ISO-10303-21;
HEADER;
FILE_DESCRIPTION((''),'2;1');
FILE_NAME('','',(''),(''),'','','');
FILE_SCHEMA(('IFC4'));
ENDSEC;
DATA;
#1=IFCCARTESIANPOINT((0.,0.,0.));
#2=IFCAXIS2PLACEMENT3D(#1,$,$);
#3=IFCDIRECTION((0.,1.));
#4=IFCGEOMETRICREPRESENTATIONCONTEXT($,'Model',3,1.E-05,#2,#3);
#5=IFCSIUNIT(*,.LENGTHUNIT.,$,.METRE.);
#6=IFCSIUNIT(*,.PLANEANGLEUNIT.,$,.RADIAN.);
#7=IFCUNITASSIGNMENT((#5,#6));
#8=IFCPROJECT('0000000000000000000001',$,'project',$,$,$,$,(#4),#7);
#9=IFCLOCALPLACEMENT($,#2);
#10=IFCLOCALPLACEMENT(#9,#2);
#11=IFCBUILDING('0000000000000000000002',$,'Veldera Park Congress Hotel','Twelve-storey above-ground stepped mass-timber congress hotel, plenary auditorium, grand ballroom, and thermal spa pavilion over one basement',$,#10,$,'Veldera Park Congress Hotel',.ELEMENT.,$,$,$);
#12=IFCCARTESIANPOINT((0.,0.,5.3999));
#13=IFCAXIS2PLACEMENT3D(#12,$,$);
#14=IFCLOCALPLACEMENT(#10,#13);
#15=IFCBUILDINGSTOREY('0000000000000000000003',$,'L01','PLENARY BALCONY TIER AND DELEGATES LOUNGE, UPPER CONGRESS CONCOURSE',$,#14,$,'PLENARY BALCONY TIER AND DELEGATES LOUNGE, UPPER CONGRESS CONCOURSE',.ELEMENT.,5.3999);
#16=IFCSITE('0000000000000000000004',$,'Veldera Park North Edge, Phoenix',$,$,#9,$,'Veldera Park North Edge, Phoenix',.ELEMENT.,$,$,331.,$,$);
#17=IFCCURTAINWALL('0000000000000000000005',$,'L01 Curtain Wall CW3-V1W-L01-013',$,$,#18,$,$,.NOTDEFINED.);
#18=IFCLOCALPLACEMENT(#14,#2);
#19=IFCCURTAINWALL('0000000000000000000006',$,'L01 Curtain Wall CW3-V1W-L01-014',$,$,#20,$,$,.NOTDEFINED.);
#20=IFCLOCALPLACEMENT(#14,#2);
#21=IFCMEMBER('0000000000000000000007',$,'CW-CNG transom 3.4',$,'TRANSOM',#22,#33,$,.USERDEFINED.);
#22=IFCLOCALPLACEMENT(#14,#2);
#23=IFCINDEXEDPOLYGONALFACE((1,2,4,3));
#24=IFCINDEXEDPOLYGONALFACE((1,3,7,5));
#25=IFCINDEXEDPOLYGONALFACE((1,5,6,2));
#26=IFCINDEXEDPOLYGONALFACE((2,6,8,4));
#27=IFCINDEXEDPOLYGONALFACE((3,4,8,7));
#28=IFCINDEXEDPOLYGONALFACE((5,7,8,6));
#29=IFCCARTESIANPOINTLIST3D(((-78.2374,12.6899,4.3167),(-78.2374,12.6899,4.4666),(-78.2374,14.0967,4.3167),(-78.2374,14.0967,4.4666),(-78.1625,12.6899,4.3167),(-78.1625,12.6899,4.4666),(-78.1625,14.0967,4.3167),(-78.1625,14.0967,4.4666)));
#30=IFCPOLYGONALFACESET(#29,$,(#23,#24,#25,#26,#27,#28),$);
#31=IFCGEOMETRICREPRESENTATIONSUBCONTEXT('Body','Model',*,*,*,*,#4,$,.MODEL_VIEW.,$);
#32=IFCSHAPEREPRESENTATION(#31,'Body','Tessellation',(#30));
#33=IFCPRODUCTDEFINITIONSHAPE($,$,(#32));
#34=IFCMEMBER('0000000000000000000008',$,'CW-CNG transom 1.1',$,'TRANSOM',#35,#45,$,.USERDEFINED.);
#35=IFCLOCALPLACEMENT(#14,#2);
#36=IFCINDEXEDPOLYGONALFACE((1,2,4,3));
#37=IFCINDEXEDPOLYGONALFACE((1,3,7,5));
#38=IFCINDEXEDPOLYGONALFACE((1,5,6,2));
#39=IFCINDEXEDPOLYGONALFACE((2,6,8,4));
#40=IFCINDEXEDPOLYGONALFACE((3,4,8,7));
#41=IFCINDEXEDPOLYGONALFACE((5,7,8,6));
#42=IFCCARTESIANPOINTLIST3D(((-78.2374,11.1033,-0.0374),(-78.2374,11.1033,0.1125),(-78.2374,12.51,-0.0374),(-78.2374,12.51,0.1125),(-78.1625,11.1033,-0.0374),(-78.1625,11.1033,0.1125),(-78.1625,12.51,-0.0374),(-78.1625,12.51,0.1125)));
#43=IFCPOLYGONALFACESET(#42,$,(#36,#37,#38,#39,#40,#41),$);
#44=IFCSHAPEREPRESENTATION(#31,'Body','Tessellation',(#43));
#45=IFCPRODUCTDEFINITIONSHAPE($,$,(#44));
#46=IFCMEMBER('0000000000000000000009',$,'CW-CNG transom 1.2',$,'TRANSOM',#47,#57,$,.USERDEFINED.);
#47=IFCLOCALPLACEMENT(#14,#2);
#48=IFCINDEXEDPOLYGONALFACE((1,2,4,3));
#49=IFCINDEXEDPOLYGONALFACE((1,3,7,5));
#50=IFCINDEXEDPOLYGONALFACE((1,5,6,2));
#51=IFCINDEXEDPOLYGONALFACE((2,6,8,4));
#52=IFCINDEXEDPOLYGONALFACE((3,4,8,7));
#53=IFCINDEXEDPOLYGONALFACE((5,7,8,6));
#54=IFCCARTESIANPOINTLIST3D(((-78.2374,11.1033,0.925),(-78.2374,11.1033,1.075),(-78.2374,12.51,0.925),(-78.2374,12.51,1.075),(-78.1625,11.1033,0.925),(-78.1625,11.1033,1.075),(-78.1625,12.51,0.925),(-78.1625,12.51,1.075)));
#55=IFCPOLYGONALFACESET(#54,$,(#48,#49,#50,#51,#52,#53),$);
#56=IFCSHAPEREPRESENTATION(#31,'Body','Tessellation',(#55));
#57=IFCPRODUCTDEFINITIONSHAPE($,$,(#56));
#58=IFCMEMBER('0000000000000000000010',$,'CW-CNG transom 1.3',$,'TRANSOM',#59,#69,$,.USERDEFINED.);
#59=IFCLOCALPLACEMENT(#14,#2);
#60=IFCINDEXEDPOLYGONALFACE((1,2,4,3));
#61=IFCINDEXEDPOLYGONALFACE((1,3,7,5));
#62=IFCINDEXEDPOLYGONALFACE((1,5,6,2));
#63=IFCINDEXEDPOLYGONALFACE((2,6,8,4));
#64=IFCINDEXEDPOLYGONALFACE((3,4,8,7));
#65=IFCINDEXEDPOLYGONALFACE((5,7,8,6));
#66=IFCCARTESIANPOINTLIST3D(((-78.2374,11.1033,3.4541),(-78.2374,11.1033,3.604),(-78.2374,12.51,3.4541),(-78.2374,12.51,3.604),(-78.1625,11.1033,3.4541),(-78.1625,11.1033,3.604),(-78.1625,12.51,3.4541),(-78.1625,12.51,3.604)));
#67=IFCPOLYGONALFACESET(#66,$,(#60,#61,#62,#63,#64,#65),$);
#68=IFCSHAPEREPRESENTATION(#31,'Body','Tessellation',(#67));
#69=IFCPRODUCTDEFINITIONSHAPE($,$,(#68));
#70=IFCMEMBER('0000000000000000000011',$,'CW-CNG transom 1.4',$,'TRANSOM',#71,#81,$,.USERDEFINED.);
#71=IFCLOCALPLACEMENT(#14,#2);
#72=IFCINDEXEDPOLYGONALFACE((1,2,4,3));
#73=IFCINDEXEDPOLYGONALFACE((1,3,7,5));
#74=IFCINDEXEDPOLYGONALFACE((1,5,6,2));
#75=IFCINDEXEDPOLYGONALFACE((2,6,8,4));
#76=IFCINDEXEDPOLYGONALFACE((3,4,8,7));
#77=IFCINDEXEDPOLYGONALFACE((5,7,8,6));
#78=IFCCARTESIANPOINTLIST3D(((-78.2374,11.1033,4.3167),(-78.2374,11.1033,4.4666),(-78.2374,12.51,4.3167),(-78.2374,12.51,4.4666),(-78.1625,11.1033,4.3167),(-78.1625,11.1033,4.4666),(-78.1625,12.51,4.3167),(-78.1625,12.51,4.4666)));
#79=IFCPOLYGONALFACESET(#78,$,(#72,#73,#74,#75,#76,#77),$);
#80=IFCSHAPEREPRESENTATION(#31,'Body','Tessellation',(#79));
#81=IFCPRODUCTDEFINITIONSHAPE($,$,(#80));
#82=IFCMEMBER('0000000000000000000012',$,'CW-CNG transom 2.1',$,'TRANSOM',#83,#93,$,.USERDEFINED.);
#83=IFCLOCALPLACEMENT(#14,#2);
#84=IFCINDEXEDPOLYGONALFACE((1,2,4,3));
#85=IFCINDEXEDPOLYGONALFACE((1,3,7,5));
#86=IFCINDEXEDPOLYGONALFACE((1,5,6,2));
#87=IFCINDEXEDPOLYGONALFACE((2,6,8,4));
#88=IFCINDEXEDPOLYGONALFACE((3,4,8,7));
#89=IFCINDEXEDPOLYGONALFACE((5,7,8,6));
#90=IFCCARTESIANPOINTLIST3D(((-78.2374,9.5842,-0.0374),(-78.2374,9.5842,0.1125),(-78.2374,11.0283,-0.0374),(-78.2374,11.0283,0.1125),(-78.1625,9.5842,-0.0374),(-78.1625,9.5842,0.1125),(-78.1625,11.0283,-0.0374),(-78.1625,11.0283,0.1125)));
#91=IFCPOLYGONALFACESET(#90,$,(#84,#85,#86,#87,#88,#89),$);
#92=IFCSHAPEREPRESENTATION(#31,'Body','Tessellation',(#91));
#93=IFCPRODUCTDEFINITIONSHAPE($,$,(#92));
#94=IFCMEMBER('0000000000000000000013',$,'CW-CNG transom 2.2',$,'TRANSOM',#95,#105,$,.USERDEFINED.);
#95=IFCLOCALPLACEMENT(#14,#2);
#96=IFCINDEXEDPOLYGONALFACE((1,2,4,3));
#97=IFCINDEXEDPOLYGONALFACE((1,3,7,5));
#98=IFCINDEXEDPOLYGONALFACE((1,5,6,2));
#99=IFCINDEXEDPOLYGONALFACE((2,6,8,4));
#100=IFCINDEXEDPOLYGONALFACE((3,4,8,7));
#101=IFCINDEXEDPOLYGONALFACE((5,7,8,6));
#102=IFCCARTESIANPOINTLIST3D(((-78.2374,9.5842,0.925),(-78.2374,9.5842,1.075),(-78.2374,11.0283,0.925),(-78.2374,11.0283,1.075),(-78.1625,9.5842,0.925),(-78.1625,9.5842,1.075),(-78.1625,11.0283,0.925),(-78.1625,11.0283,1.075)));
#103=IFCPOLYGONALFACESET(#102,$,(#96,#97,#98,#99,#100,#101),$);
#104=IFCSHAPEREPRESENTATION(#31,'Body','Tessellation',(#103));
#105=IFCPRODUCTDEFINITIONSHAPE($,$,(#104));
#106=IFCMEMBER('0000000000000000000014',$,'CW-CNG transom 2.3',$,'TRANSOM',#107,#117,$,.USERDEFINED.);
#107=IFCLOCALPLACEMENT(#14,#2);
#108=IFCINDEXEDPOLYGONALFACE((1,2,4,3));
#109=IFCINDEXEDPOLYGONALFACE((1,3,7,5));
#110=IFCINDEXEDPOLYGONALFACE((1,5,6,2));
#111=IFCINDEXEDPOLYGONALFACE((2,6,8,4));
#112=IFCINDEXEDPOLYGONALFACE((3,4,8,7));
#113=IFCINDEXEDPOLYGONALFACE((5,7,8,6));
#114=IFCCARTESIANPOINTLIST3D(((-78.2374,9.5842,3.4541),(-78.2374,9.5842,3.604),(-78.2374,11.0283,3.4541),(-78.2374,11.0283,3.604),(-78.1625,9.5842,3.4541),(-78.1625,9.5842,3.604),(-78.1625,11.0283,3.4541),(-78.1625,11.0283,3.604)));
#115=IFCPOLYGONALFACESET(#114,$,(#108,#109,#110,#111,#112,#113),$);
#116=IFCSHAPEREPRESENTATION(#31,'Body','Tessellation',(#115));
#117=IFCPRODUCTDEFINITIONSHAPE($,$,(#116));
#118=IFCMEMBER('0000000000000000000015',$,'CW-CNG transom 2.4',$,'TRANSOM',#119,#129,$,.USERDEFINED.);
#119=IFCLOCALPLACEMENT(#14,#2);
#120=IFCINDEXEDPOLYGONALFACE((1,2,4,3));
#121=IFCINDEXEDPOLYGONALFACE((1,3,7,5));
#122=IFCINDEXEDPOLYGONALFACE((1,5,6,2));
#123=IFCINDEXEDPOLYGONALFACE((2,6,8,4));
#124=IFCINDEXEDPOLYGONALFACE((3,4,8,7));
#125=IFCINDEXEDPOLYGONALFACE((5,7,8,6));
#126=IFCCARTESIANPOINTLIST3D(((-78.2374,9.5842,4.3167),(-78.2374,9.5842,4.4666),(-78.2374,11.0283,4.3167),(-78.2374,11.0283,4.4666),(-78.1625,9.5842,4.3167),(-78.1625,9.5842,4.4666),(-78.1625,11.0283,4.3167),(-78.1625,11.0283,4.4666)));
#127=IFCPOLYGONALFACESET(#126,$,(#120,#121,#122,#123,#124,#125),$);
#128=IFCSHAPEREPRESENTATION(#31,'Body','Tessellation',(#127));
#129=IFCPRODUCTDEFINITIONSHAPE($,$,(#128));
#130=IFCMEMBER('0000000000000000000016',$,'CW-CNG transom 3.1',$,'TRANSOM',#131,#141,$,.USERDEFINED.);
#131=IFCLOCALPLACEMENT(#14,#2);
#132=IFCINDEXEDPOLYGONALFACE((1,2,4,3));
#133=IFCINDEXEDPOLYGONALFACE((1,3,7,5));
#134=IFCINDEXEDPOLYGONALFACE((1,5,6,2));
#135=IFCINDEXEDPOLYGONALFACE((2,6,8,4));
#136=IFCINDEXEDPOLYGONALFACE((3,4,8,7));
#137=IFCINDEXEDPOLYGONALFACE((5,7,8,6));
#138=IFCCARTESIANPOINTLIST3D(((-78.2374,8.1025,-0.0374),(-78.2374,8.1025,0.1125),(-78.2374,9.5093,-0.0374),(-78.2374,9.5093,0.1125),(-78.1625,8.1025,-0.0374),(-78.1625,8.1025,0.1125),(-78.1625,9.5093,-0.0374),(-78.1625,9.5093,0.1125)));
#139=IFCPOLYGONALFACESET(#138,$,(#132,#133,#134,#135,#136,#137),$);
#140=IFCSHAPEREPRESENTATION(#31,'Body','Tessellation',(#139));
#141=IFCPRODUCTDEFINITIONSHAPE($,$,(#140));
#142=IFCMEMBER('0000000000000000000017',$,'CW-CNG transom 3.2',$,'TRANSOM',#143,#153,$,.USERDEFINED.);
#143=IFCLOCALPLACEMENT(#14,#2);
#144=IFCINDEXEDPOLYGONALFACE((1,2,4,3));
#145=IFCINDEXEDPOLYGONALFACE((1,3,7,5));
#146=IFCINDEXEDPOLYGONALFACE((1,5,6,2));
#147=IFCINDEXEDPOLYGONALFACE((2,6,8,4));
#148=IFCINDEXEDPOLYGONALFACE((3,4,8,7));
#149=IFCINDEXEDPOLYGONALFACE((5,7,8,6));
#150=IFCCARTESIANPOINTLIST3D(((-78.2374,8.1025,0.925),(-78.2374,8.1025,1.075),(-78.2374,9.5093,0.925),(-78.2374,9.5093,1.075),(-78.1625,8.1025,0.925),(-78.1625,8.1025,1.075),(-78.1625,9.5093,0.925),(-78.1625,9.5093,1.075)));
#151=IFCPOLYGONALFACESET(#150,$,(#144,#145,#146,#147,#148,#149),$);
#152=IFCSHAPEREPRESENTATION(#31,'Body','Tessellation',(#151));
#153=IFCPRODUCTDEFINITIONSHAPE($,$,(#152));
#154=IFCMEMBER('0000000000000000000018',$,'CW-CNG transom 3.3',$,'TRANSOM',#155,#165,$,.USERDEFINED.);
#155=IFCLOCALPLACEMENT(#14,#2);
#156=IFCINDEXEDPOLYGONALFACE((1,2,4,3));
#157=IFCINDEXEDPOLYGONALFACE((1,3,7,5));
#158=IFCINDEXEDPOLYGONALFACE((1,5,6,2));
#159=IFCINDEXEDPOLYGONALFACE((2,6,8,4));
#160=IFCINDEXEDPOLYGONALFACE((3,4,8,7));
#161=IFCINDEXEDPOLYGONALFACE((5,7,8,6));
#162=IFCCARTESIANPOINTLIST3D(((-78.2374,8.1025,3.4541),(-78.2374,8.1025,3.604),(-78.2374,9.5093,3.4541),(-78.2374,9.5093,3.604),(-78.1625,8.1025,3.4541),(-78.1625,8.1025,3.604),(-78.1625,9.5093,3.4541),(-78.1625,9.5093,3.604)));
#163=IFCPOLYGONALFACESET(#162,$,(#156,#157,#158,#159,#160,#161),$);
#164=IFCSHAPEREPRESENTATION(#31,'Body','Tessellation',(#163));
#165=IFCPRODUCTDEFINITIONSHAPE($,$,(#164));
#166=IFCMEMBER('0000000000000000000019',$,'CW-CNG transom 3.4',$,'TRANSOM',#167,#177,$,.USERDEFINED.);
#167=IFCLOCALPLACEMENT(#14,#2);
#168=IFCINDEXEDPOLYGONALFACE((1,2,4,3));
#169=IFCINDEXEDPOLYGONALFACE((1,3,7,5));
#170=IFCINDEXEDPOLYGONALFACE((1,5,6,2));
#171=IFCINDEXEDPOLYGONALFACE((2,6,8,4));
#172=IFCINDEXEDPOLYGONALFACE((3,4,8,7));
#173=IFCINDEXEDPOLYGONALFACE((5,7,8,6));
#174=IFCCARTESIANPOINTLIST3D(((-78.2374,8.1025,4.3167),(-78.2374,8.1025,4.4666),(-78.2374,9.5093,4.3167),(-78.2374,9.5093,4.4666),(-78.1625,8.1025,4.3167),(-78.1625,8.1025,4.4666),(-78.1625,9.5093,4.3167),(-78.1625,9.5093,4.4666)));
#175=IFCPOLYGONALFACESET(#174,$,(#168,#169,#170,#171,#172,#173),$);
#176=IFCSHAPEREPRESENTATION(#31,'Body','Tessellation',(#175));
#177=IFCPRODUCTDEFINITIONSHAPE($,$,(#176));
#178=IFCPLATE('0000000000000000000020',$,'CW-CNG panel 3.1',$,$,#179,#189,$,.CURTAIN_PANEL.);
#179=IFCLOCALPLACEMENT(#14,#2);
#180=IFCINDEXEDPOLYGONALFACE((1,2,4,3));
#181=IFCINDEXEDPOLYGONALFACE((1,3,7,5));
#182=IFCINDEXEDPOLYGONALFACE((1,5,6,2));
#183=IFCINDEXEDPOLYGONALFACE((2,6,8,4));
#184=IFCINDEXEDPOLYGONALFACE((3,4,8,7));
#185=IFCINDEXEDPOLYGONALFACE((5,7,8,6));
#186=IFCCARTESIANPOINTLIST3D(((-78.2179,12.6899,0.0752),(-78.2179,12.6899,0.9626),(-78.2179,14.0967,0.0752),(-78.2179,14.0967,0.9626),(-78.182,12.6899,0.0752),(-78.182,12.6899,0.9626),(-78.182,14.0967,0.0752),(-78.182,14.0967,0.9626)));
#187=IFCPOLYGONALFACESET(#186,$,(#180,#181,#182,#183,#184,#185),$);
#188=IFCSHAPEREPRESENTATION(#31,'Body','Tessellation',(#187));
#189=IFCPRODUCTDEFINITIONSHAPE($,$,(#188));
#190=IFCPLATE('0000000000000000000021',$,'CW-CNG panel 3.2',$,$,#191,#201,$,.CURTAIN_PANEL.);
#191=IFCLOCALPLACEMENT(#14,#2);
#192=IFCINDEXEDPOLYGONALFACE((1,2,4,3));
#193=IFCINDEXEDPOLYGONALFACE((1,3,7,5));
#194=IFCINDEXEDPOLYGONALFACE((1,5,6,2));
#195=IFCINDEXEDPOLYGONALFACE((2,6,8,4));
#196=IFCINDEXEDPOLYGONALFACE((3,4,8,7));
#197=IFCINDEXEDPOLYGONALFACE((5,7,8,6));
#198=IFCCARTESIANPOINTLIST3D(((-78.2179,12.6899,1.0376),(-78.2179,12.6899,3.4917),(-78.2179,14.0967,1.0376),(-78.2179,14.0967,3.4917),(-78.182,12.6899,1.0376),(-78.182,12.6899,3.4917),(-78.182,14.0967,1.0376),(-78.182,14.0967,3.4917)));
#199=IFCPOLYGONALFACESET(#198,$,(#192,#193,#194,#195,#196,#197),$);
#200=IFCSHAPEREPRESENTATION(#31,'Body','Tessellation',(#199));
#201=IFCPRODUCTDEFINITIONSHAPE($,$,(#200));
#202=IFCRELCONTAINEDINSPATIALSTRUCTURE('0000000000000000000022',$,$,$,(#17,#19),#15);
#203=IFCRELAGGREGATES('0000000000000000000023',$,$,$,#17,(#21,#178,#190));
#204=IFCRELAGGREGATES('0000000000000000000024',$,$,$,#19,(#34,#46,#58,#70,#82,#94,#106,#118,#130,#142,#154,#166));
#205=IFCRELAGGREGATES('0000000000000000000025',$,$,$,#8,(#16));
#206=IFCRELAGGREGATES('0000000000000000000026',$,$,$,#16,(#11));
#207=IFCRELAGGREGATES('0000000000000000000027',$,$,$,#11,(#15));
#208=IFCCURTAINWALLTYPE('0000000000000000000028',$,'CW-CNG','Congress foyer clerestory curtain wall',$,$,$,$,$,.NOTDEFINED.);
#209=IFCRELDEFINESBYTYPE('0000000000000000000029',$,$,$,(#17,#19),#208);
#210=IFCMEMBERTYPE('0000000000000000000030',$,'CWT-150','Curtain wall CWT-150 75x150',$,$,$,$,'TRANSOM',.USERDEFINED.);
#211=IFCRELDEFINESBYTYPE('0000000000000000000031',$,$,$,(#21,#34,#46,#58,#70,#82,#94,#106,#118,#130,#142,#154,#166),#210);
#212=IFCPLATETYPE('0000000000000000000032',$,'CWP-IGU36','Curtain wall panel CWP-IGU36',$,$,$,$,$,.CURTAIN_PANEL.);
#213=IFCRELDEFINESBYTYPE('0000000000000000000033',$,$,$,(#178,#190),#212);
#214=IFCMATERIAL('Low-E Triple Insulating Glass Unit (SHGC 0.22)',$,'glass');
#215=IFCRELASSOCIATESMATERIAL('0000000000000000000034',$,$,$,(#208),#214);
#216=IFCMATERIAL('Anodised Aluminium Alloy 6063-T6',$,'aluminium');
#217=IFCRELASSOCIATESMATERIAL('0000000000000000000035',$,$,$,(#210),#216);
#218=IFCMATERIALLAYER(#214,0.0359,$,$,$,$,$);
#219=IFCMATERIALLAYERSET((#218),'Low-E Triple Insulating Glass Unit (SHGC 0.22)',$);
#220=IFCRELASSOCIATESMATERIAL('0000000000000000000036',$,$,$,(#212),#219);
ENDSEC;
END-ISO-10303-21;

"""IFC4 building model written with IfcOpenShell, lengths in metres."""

from ifc_helpers import new_model, si_unit, direction, frame, origin, origin_2d, place, context, subcontext, project, spatial, rectangle, extrude, material, layer, layer_set, material_profile, profile_set, type_object, element, aggregate, save


model = new_model("IFC4")

# Units and contexts
model_context = context("Model", 3, precision=1e-05, world=origin(), true_north=direction((0.0, 1.0)))
body_context = subcontext(model_context, "Body", "Model", "MODEL_VIEW")
ifc_project = project(units=[si_unit("LENGTHUNIT", "METRE"), si_unit("PLANEANGLEUNIT", "RADIAN")], contexts=[model_context])

# Site, building, storey
site_placement = place(None, origin())
site = spatial("IfcSite", under=ifc_project, at=site_placement, Name="Veldera Park North Edge, Phoenix", LongName="Veldera Park North Edge, Phoenix", CompositionType="ELEMENT", RefElevation=331.0)
building_placement = place(site_placement, origin())
building = spatial("IfcBuilding", under=site, at=building_placement, Name="Veldera Park Congress Hotel", Description="Twelve-storey above-ground stepped mass-timber congress hotel, plenary auditorium, grand ballroom, and thermal spa pavilion over one basement", LongName="Veldera Park Congress Hotel", CompositionType="ELEMENT")
storey_placement = place(building_placement, frame((0.0, 0.0, 5.3999)))
storey = spatial("IfcBuildingStorey", under=building, at=storey_placement, Name="L01", Description="PLENARY BALCONY TIER AND DELEGATES LOUNGE, UPPER CONGRESS CONCOURSE", LongName="PLENARY BALCONY TIER AND DELEGATES LOUNGE, UPPER CONGRESS CONCOURSE", CompositionType="ELEMENT", Elevation=5.3999)

# Curtain walls
ifc_material_1 = material(Name="Low-E Triple Insulating Glass Unit (SHGC 0.22)", Category="glass")
curtain_wall_type = type_object("IfcCurtainWallType", Name="CW-CNG", Description="Congress foyer clerestory curtain wall", PredefinedType="NOTDEFINED", material=ifc_material_1)
curtain_wall_1_placement = place(storey_placement, origin())
curtain_wall_1 = element("IfcCurtainWall", 1, at=curtain_wall_1_placement, inside=storey, type_object=curtain_wall_type, Name="L01 Curtain Wall CW3-V1W-L01-013", PredefinedType="NOTDEFINED")
ifc_material_2 = material(Name="Anodised Aluminium Alloy 6063-T6", Category="aluminium")
curtain_wall_2_placement = place(storey_placement, origin())
curtain_wall_2 = element("IfcCurtainWall", 2, at=curtain_wall_2_placement, inside=storey, type_object=curtain_wall_type, Name="L01 Curtain Wall CW3-V1W-L01-014", PredefinedType="NOTDEFINED")

# Members
ifc_material_profile_1 = material_profile(ifc_material_2, rectangle(XDim=0.075, YDim=0.1499, at=origin_2d()), Name="ALU 75x150")
ifc_profile_set_1 = profile_set([ifc_material_profile_1], Name="Anodised Aluminium Alloy 6063-T6")
member_type_1 = type_object("IfcMemberType", Name="CWT-150", Description="Curtain wall CWT-150 75x150", ElementType="TRANSOM", PredefinedType="USERDEFINED", material=ifc_profile_set_1)
member_1_placement = place(storey_placement, frame((-78.2, 14.0967, 4.3916), z_axis=(0.0, -1.0, 0.0), x_axis=(1.0, 0.0, 0.0)))
member_1 = element("IfcMember", 3, at=member_1_placement, type_object=member_type_1, Name="CW-CNG transom 3.4", ObjectType="TRANSOM", PredefinedType="USERDEFINED", context=body_context, shape_type="SweptSolid", body=[
    extrude(rectangle(XDim=0.075, YDim=0.1499, at=origin_2d()), origin(), (0.0, 0.0, 1.0), 1.4067),
])
member_2_placement = place(storey_placement, frame((-78.2, 12.51, 0.0376), z_axis=(0.0, -1.0, 0.0), x_axis=(1.0, 0.0, 0.0)))
member_2 = element("IfcMember", 4, at=member_2_placement, type_object=member_type_1, Name="CW-CNG transom 1.1", ObjectType="TRANSOM", PredefinedType="USERDEFINED", context=body_context, shape_type="SweptSolid", body=[
    extrude(rectangle(XDim=0.075, YDim=0.1499, at=origin_2d()), origin(), (0.0, 0.0, 1.0), 1.4067),
])
member_3_placement = place(storey_placement, frame((-78.2, 12.51, 1.0), z_axis=(0.0, -1.0, 0.0), x_axis=(1.0, 0.0, 0.0)))
member_3 = element("IfcMember", 5, at=member_3_placement, type_object=member_type_1, Name="CW-CNG transom 1.2", ObjectType="TRANSOM", PredefinedType="USERDEFINED", context=body_context, shape_type="SweptSolid", body=[
    extrude(rectangle(XDim=0.075, YDim=0.1499, at=origin_2d()), origin(), (0.0, 0.0, 1.0), 1.4067),
])
member_4_placement = place(storey_placement, frame((-78.2, 12.51, 3.5291), z_axis=(0.0, -1.0, 0.0), x_axis=(1.0, 0.0, 0.0)))
member_4 = element("IfcMember", 6, at=member_4_placement, type_object=member_type_1, Name="CW-CNG transom 1.3", ObjectType="TRANSOM", PredefinedType="USERDEFINED", context=body_context, shape_type="SweptSolid", body=[
    extrude(rectangle(XDim=0.075, YDim=0.1499, at=origin_2d()), origin(), (0.0, 0.0, 1.0), 1.4067),
])
member_5_placement = place(storey_placement, frame((-78.2, 12.51, 4.3916), z_axis=(0.0, -1.0, 0.0), x_axis=(1.0, 0.0, 0.0)))
member_5 = element("IfcMember", 7, at=member_5_placement, type_object=member_type_1, Name="CW-CNG transom 1.4", ObjectType="TRANSOM", PredefinedType="USERDEFINED", context=body_context, shape_type="SweptSolid", body=[
    extrude(rectangle(XDim=0.075, YDim=0.1499, at=origin_2d()), origin(), (0.0, 0.0, 1.0), 1.4067),
])
member_6_placement = place(storey_placement, frame((-78.2, 11.0283, 0.0376), z_axis=(0.0, -1.0, 0.0), x_axis=(1.0, 0.0, 0.0)))
member_6 = element("IfcMember", 8, at=member_6_placement, type_object=member_type_1, Name="CW-CNG transom 2.1", ObjectType="TRANSOM", PredefinedType="USERDEFINED", context=body_context, shape_type="SweptSolid", body=[
    extrude(rectangle(XDim=0.075, YDim=0.1499, at=origin_2d()), origin(), (0.0, 0.0, 1.0), 1.4441),
])
member_7_placement = place(storey_placement, frame((-78.2, 11.0283, 1.0), z_axis=(0.0, -1.0, 0.0), x_axis=(1.0, 0.0, 0.0)))
member_7 = element("IfcMember", 9, at=member_7_placement, type_object=member_type_1, Name="CW-CNG transom 2.2", ObjectType="TRANSOM", PredefinedType="USERDEFINED", context=body_context, shape_type="SweptSolid", body=[
    extrude(rectangle(XDim=0.075, YDim=0.1499, at=origin_2d()), origin(), (0.0, 0.0, 1.0), 1.4441),
])
member_8_placement = place(storey_placement, frame((-78.2, 11.0283, 3.5291), z_axis=(0.0, -1.0, 0.0), x_axis=(1.0, 0.0, 0.0)))
member_8 = element("IfcMember", 10, at=member_8_placement, type_object=member_type_1, Name="CW-CNG transom 2.3", ObjectType="TRANSOM", PredefinedType="USERDEFINED", context=body_context, shape_type="SweptSolid", body=[
    extrude(rectangle(XDim=0.075, YDim=0.1499, at=origin_2d()), origin(), (0.0, 0.0, 1.0), 1.4441),
])
member_9_placement = place(storey_placement, frame((-78.2, 11.0283, 4.3916), z_axis=(0.0, -1.0, 0.0), x_axis=(1.0, 0.0, 0.0)))
member_9 = element("IfcMember", 11, at=member_9_placement, type_object=member_type_1, Name="CW-CNG transom 2.4", ObjectType="TRANSOM", PredefinedType="USERDEFINED", context=body_context, shape_type="SweptSolid", body=[
    extrude(rectangle(XDim=0.075, YDim=0.1499, at=origin_2d()), origin(), (0.0, 0.0, 1.0), 1.4441),
])
member_10_placement = place(storey_placement, frame((-78.2, 9.5093, 0.0376), z_axis=(0.0, -1.0, 0.0), x_axis=(1.0, 0.0, 0.0)))
member_10 = element("IfcMember", 12, at=member_10_placement, type_object=member_type_1, Name="CW-CNG transom 3.1", ObjectType="TRANSOM", PredefinedType="USERDEFINED", context=body_context, shape_type="SweptSolid", body=[
    extrude(rectangle(XDim=0.075, YDim=0.1499, at=origin_2d()), origin(), (0.0, 0.0, 1.0), 1.4067),
])
member_11_placement = place(storey_placement, frame((-78.2, 9.5093, 1.0), z_axis=(0.0, -1.0, 0.0), x_axis=(1.0, 0.0, 0.0)))
member_11 = element("IfcMember", 13, at=member_11_placement, type_object=member_type_1, Name="CW-CNG transom 3.2", ObjectType="TRANSOM", PredefinedType="USERDEFINED", context=body_context, shape_type="SweptSolid", body=[
    extrude(rectangle(XDim=0.075, YDim=0.1499, at=origin_2d()), origin(), (0.0, 0.0, 1.0), 1.4067),
])
member_12_placement = place(storey_placement, frame((-78.2, 9.5093, 3.5291), z_axis=(0.0, -1.0, 0.0), x_axis=(1.0, 0.0, 0.0)))
member_12 = element("IfcMember", 14, at=member_12_placement, type_object=member_type_1, Name="CW-CNG transom 3.3", ObjectType="TRANSOM", PredefinedType="USERDEFINED", context=body_context, shape_type="SweptSolid", body=[
    extrude(rectangle(XDim=0.075, YDim=0.1499, at=origin_2d()), origin(), (0.0, 0.0, 1.0), 1.4067),
])
member_13_placement = place(storey_placement, frame((-78.2, 9.5093, 4.3916), z_axis=(0.0, -1.0, 0.0), x_axis=(1.0, 0.0, 0.0)))
member_13 = element("IfcMember", 15, at=member_13_placement, type_object=member_type_1, Name="CW-CNG transom 3.4", ObjectType="TRANSOM", PredefinedType="USERDEFINED", context=body_context, shape_type="SweptSolid", body=[
    extrude(rectangle(XDim=0.075, YDim=0.1499, at=origin_2d()), origin(), (0.0, 0.0, 1.0), 1.4067),
])

# Plates
ifc_layer = layer(ifc_material_1, 0.0359)
ifc_layer_set = layer_set([ifc_layer], Name="Low-E Triple Insulating Glass Unit (SHGC 0.22)")
plate_type = type_object("IfcPlateType", Name="CWP-IGU36", Description="Curtain wall panel CWP-IGU36", PredefinedType="CURTAIN_PANEL", material=ifc_layer_set)
plate_1_placement = place(storey_placement, frame((-78.2, 13.3933, 0.0752), z_axis=(0.0, 0.0, 1.0), x_axis=(0.0, -1.0, 0.0)))
plate_1 = element("IfcPlate", 16, at=plate_1_placement, type_object=plate_type, Name="CW-CNG panel 3.1", PredefinedType="CURTAIN_PANEL", context=body_context, shape_type="SweptSolid", body=[
    extrude(rectangle(XDim=1.4067, YDim=0.0359, at=origin_2d()), origin(), (0.0, 0.0, 1.0), 0.8875),
])
plate_2_placement = place(storey_placement, frame((-78.2, 13.3933, 1.0376), z_axis=(0.0, 0.0, 1.0), x_axis=(0.0, -1.0, 0.0)))
plate_2 = element("IfcPlate", 17, at=plate_2_placement, type_object=plate_type, Name="CW-CNG panel 3.2", PredefinedType="CURTAIN_PANEL", context=body_context, shape_type="SweptSolid", body=[
    extrude(rectangle(XDim=1.4067, YDim=0.0359, at=origin_2d()), origin(), (0.0, 0.0, 1.0), 2.4541),
])
aggregate(curtain_wall_1, [member_1, plate_1, plate_2])
aggregate(curtain_wall_2, [member_2, member_3, member_4, member_5, member_6, member_7, member_8, member_9, member_10, member_11, member_12, member_13])

save(model, "model.ifc")
